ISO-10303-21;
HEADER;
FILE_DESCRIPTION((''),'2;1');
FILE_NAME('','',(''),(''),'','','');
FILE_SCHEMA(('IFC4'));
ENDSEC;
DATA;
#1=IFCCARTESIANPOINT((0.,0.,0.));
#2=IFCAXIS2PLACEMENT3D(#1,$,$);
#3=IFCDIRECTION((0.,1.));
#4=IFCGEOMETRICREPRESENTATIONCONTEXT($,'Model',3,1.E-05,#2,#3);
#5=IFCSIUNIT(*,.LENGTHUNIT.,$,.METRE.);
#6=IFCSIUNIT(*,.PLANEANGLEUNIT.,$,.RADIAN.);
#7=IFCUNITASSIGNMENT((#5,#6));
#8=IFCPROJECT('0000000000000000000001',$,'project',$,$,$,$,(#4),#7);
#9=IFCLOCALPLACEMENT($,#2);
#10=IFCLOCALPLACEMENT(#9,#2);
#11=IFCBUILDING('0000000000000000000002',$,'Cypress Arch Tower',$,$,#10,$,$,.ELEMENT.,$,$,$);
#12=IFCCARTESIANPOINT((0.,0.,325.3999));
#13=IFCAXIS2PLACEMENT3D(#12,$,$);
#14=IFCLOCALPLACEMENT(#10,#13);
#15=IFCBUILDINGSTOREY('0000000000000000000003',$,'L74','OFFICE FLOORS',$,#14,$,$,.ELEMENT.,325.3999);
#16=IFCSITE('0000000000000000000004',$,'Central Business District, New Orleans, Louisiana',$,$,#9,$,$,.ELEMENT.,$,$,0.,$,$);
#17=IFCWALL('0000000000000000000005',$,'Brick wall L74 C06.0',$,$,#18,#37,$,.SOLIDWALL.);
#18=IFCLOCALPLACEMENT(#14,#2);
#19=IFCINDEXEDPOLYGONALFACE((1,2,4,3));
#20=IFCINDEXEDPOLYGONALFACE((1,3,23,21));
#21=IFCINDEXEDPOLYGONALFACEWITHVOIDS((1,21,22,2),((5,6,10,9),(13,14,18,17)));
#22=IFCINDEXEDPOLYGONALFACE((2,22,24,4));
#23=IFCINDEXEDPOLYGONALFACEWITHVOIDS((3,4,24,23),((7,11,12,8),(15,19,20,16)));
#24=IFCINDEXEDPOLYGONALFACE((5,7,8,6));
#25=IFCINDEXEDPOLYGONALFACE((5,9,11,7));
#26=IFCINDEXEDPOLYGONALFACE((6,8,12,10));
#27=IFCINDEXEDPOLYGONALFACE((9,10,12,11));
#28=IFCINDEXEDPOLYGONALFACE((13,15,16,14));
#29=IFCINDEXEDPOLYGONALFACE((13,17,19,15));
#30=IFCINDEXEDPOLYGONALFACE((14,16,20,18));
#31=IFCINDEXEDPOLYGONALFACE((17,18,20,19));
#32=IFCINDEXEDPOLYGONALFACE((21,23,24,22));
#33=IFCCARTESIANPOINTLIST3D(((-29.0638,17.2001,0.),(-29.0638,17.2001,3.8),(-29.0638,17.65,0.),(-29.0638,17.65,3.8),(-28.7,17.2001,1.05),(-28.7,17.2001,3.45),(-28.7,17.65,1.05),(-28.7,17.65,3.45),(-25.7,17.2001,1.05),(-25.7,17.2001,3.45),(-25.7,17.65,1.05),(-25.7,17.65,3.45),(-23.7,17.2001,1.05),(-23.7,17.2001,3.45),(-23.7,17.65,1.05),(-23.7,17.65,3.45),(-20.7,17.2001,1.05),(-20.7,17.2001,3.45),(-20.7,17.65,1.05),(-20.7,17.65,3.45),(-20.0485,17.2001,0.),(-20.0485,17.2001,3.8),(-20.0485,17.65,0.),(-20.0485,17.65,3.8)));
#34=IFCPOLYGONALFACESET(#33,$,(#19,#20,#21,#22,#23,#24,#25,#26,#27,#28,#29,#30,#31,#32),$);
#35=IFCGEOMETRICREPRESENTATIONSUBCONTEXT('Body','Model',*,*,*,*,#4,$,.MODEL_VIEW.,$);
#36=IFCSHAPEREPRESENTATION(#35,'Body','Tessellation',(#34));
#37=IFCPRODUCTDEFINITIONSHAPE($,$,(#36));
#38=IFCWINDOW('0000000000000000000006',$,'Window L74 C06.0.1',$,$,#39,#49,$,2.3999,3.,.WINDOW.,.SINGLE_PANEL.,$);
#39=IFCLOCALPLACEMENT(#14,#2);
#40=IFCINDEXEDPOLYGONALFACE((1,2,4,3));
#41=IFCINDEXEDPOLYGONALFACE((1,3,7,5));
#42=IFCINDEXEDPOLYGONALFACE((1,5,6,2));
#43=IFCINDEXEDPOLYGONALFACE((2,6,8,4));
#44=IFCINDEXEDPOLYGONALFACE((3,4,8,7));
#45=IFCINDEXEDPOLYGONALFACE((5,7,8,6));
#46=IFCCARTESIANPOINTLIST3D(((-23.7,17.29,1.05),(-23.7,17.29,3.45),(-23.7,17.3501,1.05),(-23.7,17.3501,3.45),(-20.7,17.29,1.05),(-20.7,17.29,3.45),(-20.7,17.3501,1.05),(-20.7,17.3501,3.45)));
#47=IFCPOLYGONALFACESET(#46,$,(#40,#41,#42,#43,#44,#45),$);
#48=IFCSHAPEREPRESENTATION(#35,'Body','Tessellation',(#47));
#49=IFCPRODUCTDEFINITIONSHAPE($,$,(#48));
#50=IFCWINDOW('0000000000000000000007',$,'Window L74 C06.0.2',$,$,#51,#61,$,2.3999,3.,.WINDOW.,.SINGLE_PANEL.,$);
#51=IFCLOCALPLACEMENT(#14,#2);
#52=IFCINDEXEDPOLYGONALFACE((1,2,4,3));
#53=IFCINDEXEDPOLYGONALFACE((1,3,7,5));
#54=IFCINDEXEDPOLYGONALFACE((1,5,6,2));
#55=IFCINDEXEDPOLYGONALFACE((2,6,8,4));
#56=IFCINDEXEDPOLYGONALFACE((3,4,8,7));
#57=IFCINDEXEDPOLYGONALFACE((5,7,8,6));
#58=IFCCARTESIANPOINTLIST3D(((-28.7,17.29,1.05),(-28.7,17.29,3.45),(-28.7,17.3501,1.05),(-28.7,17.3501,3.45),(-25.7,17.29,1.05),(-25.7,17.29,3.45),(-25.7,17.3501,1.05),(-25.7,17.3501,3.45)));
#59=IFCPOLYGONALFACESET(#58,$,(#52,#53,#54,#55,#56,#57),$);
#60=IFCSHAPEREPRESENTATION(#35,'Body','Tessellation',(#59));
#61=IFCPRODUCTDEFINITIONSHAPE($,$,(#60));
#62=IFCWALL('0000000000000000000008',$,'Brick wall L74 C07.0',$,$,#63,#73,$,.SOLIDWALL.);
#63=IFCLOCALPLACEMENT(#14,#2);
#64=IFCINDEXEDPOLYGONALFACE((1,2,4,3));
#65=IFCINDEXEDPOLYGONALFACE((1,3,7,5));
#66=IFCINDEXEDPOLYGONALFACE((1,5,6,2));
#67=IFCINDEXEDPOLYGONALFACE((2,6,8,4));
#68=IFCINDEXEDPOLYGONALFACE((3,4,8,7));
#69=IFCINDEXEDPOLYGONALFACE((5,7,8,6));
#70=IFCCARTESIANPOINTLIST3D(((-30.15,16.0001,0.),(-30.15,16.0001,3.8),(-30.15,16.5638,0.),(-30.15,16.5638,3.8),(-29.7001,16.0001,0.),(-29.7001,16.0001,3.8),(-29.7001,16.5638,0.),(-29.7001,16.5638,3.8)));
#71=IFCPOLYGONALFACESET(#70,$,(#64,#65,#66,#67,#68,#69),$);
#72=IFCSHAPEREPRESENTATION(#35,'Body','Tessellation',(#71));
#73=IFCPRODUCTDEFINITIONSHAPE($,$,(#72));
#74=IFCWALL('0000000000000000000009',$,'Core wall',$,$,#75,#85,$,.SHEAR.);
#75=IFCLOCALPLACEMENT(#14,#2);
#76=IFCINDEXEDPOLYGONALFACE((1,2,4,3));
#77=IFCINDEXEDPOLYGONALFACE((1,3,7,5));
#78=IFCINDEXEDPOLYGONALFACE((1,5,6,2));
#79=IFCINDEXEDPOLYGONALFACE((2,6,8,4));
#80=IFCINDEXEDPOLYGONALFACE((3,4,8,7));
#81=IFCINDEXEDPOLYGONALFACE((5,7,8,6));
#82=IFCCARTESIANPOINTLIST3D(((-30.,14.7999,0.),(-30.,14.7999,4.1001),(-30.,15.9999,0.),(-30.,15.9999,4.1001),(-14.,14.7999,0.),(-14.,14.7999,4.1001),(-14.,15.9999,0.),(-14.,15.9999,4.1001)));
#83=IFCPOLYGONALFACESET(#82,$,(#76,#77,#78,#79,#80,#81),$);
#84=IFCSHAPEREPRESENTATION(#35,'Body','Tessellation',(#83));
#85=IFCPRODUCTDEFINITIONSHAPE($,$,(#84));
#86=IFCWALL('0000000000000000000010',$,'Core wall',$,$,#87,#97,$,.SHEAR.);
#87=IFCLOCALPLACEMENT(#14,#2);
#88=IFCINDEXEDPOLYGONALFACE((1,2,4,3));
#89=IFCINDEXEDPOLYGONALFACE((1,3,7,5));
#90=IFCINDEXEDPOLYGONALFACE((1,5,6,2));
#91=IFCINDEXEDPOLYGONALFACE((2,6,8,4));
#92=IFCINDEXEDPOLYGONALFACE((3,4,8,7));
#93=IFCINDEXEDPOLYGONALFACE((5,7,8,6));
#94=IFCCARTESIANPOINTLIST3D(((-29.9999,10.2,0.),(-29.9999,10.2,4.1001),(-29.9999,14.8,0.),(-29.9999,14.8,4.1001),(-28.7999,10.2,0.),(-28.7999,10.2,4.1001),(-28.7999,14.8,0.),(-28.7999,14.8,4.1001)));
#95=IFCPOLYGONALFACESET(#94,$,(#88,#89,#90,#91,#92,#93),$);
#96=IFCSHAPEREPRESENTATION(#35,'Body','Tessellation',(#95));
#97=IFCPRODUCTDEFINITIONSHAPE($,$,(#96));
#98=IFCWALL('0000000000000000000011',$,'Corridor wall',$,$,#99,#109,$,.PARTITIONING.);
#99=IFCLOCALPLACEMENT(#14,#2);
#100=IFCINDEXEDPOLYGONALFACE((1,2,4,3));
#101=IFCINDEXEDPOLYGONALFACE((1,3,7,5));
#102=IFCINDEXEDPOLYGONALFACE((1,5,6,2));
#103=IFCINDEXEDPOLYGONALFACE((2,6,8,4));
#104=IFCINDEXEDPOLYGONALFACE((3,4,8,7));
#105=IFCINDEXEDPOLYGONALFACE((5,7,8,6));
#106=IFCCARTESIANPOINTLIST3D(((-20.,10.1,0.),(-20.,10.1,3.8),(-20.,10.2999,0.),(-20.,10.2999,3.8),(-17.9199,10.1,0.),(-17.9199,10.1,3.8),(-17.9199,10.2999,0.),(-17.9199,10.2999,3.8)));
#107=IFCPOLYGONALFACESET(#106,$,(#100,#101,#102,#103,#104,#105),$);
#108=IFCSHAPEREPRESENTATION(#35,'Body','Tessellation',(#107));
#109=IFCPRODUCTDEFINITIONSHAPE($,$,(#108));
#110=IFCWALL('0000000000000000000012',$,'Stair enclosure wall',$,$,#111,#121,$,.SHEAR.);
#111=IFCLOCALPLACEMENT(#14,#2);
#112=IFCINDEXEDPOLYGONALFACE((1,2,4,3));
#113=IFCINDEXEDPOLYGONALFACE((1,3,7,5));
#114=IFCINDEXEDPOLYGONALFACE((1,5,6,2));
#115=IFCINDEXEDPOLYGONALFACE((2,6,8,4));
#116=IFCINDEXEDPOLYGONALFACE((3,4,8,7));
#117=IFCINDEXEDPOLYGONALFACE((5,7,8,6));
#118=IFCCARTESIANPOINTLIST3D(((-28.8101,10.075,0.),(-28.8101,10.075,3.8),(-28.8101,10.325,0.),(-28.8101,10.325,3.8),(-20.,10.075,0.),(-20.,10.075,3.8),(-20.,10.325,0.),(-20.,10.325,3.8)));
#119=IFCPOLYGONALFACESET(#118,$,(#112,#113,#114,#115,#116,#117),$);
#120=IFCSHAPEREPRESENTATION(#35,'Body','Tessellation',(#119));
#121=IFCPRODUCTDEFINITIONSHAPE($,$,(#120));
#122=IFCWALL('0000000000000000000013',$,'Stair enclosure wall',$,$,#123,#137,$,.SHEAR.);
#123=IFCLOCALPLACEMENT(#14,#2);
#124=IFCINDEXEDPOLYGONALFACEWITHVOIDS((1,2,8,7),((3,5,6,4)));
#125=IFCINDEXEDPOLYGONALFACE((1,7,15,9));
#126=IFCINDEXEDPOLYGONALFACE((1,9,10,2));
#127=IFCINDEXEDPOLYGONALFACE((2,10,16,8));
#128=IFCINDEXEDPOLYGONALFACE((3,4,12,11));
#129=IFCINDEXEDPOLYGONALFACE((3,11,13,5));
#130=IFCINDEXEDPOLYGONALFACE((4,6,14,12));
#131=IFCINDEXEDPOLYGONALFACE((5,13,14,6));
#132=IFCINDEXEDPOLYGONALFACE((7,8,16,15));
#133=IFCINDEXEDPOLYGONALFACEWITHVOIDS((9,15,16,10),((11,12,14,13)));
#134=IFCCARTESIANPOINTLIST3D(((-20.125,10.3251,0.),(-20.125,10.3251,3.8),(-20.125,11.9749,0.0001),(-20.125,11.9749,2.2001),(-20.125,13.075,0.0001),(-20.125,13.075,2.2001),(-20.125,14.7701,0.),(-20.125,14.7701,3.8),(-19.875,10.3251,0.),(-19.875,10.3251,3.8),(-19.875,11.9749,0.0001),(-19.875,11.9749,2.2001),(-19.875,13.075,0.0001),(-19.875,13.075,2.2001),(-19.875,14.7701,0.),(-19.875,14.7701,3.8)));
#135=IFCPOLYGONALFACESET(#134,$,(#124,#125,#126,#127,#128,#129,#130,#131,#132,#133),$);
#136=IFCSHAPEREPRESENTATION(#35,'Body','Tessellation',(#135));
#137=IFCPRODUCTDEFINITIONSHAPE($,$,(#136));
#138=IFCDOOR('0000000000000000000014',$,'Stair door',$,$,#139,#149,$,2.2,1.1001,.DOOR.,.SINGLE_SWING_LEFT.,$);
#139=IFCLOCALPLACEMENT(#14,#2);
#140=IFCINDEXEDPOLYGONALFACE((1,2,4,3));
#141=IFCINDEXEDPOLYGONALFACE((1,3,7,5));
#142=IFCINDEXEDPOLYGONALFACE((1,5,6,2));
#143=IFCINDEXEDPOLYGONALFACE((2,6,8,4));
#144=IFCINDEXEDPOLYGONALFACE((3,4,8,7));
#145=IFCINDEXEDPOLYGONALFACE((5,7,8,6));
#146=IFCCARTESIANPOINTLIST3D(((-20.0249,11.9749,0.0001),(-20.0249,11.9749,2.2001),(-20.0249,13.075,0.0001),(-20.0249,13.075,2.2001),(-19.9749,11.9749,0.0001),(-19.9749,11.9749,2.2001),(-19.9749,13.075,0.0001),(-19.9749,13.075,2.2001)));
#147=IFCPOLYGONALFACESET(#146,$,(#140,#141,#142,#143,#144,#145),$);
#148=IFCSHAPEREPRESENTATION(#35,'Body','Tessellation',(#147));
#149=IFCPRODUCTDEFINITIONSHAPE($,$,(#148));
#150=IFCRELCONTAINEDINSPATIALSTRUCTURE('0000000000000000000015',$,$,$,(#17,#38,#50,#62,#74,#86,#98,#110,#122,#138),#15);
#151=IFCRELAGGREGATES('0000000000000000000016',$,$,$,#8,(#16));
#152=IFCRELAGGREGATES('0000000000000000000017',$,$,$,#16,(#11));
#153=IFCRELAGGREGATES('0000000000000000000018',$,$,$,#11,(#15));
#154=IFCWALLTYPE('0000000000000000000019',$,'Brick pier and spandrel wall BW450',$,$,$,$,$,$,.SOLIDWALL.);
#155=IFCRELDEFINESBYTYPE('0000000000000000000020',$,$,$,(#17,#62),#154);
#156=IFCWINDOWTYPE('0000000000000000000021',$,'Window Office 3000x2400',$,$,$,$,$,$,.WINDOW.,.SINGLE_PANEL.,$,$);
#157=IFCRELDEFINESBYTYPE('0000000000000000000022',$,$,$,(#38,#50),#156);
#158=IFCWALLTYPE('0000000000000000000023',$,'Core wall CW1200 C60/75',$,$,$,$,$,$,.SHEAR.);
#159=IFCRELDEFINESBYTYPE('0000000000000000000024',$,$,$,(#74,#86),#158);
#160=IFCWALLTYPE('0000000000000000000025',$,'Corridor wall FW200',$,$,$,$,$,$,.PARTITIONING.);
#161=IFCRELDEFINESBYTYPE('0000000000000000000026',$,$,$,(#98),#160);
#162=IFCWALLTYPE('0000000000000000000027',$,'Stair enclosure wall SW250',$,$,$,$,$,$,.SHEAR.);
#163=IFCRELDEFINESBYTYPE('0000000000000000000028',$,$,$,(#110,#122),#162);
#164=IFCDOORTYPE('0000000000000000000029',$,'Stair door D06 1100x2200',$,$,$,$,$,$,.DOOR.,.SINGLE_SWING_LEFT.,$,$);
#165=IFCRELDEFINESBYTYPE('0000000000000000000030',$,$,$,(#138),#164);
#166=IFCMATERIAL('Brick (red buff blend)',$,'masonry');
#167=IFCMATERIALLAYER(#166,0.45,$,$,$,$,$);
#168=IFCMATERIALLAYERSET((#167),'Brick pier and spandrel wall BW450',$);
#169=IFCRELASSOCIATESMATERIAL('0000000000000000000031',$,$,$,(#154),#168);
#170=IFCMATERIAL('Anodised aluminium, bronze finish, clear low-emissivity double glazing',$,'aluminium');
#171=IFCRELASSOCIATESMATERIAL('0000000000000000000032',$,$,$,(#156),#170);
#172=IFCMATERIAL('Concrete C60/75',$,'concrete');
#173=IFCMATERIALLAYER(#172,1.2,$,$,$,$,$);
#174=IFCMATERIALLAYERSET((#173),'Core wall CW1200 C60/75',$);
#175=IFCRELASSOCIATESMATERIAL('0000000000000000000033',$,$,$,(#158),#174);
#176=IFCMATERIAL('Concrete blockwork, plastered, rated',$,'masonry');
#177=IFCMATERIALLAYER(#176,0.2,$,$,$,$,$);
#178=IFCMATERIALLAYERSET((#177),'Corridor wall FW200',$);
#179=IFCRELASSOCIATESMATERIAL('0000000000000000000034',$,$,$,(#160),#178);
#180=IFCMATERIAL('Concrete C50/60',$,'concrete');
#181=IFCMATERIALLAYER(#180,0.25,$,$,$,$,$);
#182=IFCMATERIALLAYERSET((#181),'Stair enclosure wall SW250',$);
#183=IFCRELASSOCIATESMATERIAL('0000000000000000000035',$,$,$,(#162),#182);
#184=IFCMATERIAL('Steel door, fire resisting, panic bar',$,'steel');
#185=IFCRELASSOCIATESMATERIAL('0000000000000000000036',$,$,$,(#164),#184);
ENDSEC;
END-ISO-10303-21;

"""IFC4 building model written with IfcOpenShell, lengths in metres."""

from ifc_helpers import new_model, si_unit, direction, frame, frame_2d, origin, place, context, subcontext, project, spatial, rectangle, extrude, material, layer, layer_set, type_object, element, fill, save


model = new_model("IFC4")

# Units and contexts
model_context = context("Model", 3, precision=1e-05, world=origin(), true_north=direction((0.0, 1.0)))
body_context = subcontext(model_context, "Body", "Model", "MODEL_VIEW")
ifc_project = project(units=[si_unit("LENGTHUNIT", "METRE"), si_unit("PLANEANGLEUNIT", "RADIAN")], contexts=[model_context])

# Site, building, storey
site_placement = place(None, origin())
site = spatial("IfcSite", under=ifc_project, at=site_placement, Name="Central Business District, New Orleans, Louisiana", CompositionType="ELEMENT", RefElevation=0.0)
building_placement = place(site_placement, origin())
building = spatial("IfcBuilding", under=site, at=building_placement, Name="Cypress Arch Tower", CompositionType="ELEMENT")
storey_placement = place(building_placement, frame((0.0, 0.0, 325.3999)))
storey = spatial("IfcBuildingStorey", under=building, at=storey_placement, Name="L74", Description="OFFICE FLOORS", CompositionType="ELEMENT", Elevation=325.3999)

# Shared definitions
ifc_material_1 = material(Name="Brick (red buff blend)", Category="masonry")
ifc_layer_1 = layer(ifc_material_1, 0.45)
ifc_layer_set_1 = layer_set([ifc_layer_1], Name="Brick pier and spandrel wall BW450")
wall_type_1 = type_object("IfcWallType", Name="Brick pier and spandrel wall BW450", PredefinedType="SOLIDWALL", material=ifc_layer_set_1)
ifc_material_2 = material(Name="Anodised aluminium, bronze finish, clear low-emissivity double glazing", Category="aluminium")
window_type = type_object("IfcWindowType", Name="Window Office 3000x2400", PartitioningType="SINGLE_PANEL", PredefinedType="WINDOW", material=ifc_material_2)

# Wall, openings, windows
wall_1_placement = place(storey_placement, frame((-20.0483, 17.425, 0.0), z_axis=(0.0, 0.0, 1.0), x_axis=(-1.0, 0.0, 0.0)))
wall_1 = element("IfcWall", 1, at=wall_1_placement, inside=storey, type_object=wall_type_1, Name="Brick wall L74 C06.0", PredefinedType="SOLIDWALL", context=body_context, shape_type="SweptSolid", body=[
    extrude(rectangle(XDim=9.0154, YDim=0.45, at=frame_2d((4.5078, 0.0))), origin(), (0.0, 0.0, 1.0), 3.8),
])
opening_1_placement = place(wall_1_placement, frame((0.6516, 0.0, 1.05)))
opening_1 = element("IfcOpeningElement", 2, at=opening_1_placement, cuts=wall_1, PredefinedType="OPENING", context=body_context, shape_type="SweptSolid", body=[
    extrude(rectangle(XDim=3.0, YDim=2.3999, at=frame_2d((1.5, 1.2))), frame((0.0, 0.2349, 0.0), z_axis=(0.0, -1.0, 0.0), x_axis=(1.0, 0.0, 0.0)), (0.0, 0.0, 1.0), 0.47),
])
opening_2_placement = place(wall_1_placement, frame((5.6516, 0.0, 1.05)))
opening_2 = element("IfcOpeningElement", 3, at=opening_2_placement, cuts=wall_1, PredefinedType="OPENING", context=body_context, shape_type="SweptSolid", body=[
    extrude(rectangle(XDim=3.0, YDim=2.3999, at=frame_2d((1.5, 1.2))), frame((0.0, 0.2349, 0.0), z_axis=(0.0, -1.0, 0.0), x_axis=(1.0, 0.0, 0.0)), (0.0, 0.0, 1.0), 0.47),
])
window_1_placement = place(opening_1_placement, origin())
window_1 = element("IfcWindow", 4, at=window_1_placement, inside=storey, type_object=window_type, Name="Window L74 C06.0.1", OverallHeight=2.3999, OverallWidth=3.0, PartitioningType="SINGLE_PANEL", PredefinedType="WINDOW", context=body_context, shape_type="SweptSolid", body=[
    extrude(rectangle(XDim=3.0, YDim=2.3999, at=frame_2d((1.5, 1.2))), frame((0.0, 0.135, 0.0), z_axis=(0.0, -1.0, 0.0), x_axis=(1.0, 0.0, 0.0)), (0.0, 0.0, 1.0), 0.0601),
])
fill(opening_1, window_1)
window_2_placement = place(opening_2_placement, origin())
window_2 = element("IfcWindow", 5, at=window_2_placement, inside=storey, type_object=window_type, Name="Window L74 C06.0.2", OverallHeight=2.3999, OverallWidth=3.0, PartitioningType="SINGLE_PANEL", PredefinedType="WINDOW", context=body_context, shape_type="SweptSolid", body=[
    extrude(rectangle(XDim=3.0, YDim=2.3999, at=frame_2d((1.5, 1.2))), frame((0.0, 0.135, 0.0), z_axis=(0.0, -1.0, 0.0), x_axis=(1.0, 0.0, 0.0)), (0.0, 0.0, 1.0), 0.0601),
])
fill(opening_2, window_2)

# Walls
wall_2_placement = place(storey_placement, frame((-29.925, 16.5637, 0.0), z_axis=(0.0, 0.0, 1.0), x_axis=(0.0, -1.0, 0.0)))
element("IfcWall", 6, at=wall_2_placement, inside=storey, type_object=wall_type_1, Name="Brick wall L74 C07.0", PredefinedType="SOLIDWALL", context=body_context, shape_type="SweptSolid", body=[
    extrude(rectangle(XDim=0.5637, YDim=0.45, at=frame_2d((0.2817, 0.0))), origin(), (0.0, 0.0, 1.0), 3.8),
])
ifc_material_3 = material(Name="Concrete C60/75", Category="concrete")
ifc_layer_2 = layer(ifc_material_3, 1.2)
ifc_layer_set_2 = layer_set([ifc_layer_2], Name="Core wall CW1200 C60/75")
wall_type_2 = type_object("IfcWallType", Name="Core wall CW1200 C60/75", PredefinedType="SHEAR", material=ifc_layer_set_2)
wall_3_placement = place(storey_placement, frame((-30.0, 15.3999, 0.0), z_axis=(0.0, 0.0, 1.0), x_axis=(1.0, 0.0, 0.0)))
element("IfcWall", 7, at=wall_3_placement, inside=storey, type_object=wall_type_2, Name="Core wall", PredefinedType="SHEAR", context=body_context, shape_type="SweptSolid", body=[
    extrude(rectangle(XDim=16.0, YDim=1.2, at=frame_2d((8.0, 0.0))), origin(), (0.0, 0.0, 1.0), 4.1001),
])
wall_4_placement = place(storey_placement, frame((-29.3999, 10.2, 0.0), z_axis=(0.0, 0.0, 1.0), x_axis=(0.0, 1.0, 0.0)))
element("IfcWall", 8, at=wall_4_placement, inside=storey, type_object=wall_type_2, Name="Core wall", PredefinedType="SHEAR", context=body_context, shape_type="SweptSolid", body=[
    extrude(rectangle(XDim=4.6001, YDim=1.2, at=frame_2d((2.3, 0.0))), origin(), (0.0, 0.0, 1.0), 4.1001),
])
ifc_material_4 = material(Name="Concrete blockwork, plastered, rated", Category="masonry")
ifc_layer_3 = layer(ifc_material_4, 0.2)
ifc_layer_set_3 = layer_set([ifc_layer_3], Name="Corridor wall FW200")
wall_type_3 = type_object("IfcWallType", Name="Corridor wall FW200", PredefinedType="PARTITIONING", material=ifc_layer_set_3)
wall_5_placement = place(storey_placement, frame((-20.0, 10.2, 0.0), z_axis=(0.0, 0.0, 1.0), x_axis=(1.0, 0.0, 0.0)))
element("IfcWall", 9, at=wall_5_placement, inside=storey, type_object=wall_type_3, Name="Corridor wall", PredefinedType="PARTITIONING", context=body_context, shape_type="SweptSolid", body=[
    extrude(rectangle(XDim=2.0801, YDim=0.2, at=frame_2d((1.04, 0.0))), origin(), (0.0, 0.0, 1.0), 3.8),
])
ifc_material_5 = material(Name="Concrete C50/60", Category="concrete")
ifc_layer_4 = layer(ifc_material_5, 0.25)
ifc_layer_set_4 = layer_set([ifc_layer_4], Name="Stair enclosure wall SW250")
wall_type_4 = type_object("IfcWallType", Name="Stair enclosure wall SW250", PredefinedType="SHEAR", material=ifc_layer_set_4)
wall_6_placement = place(storey_placement, frame((-28.8101, 10.2, 0.0), z_axis=(0.0, 0.0, 1.0), x_axis=(1.0, 0.0, 0.0)))
element("IfcWall", 10, at=wall_6_placement, inside=storey, type_object=wall_type_4, Name="Stair enclosure wall", PredefinedType="SHEAR", context=body_context, shape_type="SweptSolid", body=[
    extrude(rectangle(XDim=8.8101, YDim=0.25, at=frame_2d((4.405, 0.0))), origin(), (0.0, 0.0, 1.0), 3.8),
])

# Wall, opening, door
wall_7_placement = place(storey_placement, frame((-20.0, 10.325, 0.0), z_axis=(0.0, 0.0, 1.0), x_axis=(0.0, 1.0, 0.0)))
wall_7 = element("IfcWall", 11, at=wall_7_placement, inside=storey, type_object=wall_type_4, Name="Stair enclosure wall", PredefinedType="SHEAR", context=body_context, shape_type="SweptSolid", body=[
    extrude(rectangle(XDim=4.4451, YDim=0.25, at=frame_2d((2.2227, 0.0))), origin(), (0.0, 0.0, 1.0), 3.8),
])
opening_3_placement = place(wall_7_placement, frame((1.6499, 0.0, 0.0)))
opening_3 = element("IfcOpeningElement", 12, at=opening_3_placement, cuts=wall_7, PredefinedType="OPENING", context=body_context, shape_type="SweptSolid", body=[
    extrude(rectangle(XDim=1.1001, YDim=2.2, at=frame_2d((0.55, 1.1001))), frame((0.0, 0.135, 0.0), z_axis=(0.0, -1.0, 0.0), x_axis=(1.0, 0.0, 0.0)), (0.0, 0.0, 1.0), 0.27),
])
ifc_material_6 = material(Name="Steel door, fire resisting, panic bar", Category="steel")
door_type = type_object("IfcDoorType", Name="Stair door D06 1100x2200", OperationType="SINGLE_SWING_LEFT", PredefinedType="DOOR", material=ifc_material_6)
door_placement = place(opening_3_placement, origin())
door = element("IfcDoor", 13, at=door_placement, inside=storey, type_object=door_type, Name="Stair door", OperationType="SINGLE_SWING_LEFT", OverallHeight=2.2, OverallWidth=1.1001, PredefinedType="DOOR", context=body_context, shape_type="SweptSolid", body=[
    extrude(rectangle(XDim=1.1001, YDim=2.2, at=frame_2d((0.55, 1.1001))), frame((0.0, 0.0249, 0.0), z_axis=(0.0, -1.0, 0.0), x_axis=(1.0, 0.0, 0.0)), (0.0, 0.0, 1.0), 0.05),
])
fill(opening_3, door)

save(model, "model.ifc")
